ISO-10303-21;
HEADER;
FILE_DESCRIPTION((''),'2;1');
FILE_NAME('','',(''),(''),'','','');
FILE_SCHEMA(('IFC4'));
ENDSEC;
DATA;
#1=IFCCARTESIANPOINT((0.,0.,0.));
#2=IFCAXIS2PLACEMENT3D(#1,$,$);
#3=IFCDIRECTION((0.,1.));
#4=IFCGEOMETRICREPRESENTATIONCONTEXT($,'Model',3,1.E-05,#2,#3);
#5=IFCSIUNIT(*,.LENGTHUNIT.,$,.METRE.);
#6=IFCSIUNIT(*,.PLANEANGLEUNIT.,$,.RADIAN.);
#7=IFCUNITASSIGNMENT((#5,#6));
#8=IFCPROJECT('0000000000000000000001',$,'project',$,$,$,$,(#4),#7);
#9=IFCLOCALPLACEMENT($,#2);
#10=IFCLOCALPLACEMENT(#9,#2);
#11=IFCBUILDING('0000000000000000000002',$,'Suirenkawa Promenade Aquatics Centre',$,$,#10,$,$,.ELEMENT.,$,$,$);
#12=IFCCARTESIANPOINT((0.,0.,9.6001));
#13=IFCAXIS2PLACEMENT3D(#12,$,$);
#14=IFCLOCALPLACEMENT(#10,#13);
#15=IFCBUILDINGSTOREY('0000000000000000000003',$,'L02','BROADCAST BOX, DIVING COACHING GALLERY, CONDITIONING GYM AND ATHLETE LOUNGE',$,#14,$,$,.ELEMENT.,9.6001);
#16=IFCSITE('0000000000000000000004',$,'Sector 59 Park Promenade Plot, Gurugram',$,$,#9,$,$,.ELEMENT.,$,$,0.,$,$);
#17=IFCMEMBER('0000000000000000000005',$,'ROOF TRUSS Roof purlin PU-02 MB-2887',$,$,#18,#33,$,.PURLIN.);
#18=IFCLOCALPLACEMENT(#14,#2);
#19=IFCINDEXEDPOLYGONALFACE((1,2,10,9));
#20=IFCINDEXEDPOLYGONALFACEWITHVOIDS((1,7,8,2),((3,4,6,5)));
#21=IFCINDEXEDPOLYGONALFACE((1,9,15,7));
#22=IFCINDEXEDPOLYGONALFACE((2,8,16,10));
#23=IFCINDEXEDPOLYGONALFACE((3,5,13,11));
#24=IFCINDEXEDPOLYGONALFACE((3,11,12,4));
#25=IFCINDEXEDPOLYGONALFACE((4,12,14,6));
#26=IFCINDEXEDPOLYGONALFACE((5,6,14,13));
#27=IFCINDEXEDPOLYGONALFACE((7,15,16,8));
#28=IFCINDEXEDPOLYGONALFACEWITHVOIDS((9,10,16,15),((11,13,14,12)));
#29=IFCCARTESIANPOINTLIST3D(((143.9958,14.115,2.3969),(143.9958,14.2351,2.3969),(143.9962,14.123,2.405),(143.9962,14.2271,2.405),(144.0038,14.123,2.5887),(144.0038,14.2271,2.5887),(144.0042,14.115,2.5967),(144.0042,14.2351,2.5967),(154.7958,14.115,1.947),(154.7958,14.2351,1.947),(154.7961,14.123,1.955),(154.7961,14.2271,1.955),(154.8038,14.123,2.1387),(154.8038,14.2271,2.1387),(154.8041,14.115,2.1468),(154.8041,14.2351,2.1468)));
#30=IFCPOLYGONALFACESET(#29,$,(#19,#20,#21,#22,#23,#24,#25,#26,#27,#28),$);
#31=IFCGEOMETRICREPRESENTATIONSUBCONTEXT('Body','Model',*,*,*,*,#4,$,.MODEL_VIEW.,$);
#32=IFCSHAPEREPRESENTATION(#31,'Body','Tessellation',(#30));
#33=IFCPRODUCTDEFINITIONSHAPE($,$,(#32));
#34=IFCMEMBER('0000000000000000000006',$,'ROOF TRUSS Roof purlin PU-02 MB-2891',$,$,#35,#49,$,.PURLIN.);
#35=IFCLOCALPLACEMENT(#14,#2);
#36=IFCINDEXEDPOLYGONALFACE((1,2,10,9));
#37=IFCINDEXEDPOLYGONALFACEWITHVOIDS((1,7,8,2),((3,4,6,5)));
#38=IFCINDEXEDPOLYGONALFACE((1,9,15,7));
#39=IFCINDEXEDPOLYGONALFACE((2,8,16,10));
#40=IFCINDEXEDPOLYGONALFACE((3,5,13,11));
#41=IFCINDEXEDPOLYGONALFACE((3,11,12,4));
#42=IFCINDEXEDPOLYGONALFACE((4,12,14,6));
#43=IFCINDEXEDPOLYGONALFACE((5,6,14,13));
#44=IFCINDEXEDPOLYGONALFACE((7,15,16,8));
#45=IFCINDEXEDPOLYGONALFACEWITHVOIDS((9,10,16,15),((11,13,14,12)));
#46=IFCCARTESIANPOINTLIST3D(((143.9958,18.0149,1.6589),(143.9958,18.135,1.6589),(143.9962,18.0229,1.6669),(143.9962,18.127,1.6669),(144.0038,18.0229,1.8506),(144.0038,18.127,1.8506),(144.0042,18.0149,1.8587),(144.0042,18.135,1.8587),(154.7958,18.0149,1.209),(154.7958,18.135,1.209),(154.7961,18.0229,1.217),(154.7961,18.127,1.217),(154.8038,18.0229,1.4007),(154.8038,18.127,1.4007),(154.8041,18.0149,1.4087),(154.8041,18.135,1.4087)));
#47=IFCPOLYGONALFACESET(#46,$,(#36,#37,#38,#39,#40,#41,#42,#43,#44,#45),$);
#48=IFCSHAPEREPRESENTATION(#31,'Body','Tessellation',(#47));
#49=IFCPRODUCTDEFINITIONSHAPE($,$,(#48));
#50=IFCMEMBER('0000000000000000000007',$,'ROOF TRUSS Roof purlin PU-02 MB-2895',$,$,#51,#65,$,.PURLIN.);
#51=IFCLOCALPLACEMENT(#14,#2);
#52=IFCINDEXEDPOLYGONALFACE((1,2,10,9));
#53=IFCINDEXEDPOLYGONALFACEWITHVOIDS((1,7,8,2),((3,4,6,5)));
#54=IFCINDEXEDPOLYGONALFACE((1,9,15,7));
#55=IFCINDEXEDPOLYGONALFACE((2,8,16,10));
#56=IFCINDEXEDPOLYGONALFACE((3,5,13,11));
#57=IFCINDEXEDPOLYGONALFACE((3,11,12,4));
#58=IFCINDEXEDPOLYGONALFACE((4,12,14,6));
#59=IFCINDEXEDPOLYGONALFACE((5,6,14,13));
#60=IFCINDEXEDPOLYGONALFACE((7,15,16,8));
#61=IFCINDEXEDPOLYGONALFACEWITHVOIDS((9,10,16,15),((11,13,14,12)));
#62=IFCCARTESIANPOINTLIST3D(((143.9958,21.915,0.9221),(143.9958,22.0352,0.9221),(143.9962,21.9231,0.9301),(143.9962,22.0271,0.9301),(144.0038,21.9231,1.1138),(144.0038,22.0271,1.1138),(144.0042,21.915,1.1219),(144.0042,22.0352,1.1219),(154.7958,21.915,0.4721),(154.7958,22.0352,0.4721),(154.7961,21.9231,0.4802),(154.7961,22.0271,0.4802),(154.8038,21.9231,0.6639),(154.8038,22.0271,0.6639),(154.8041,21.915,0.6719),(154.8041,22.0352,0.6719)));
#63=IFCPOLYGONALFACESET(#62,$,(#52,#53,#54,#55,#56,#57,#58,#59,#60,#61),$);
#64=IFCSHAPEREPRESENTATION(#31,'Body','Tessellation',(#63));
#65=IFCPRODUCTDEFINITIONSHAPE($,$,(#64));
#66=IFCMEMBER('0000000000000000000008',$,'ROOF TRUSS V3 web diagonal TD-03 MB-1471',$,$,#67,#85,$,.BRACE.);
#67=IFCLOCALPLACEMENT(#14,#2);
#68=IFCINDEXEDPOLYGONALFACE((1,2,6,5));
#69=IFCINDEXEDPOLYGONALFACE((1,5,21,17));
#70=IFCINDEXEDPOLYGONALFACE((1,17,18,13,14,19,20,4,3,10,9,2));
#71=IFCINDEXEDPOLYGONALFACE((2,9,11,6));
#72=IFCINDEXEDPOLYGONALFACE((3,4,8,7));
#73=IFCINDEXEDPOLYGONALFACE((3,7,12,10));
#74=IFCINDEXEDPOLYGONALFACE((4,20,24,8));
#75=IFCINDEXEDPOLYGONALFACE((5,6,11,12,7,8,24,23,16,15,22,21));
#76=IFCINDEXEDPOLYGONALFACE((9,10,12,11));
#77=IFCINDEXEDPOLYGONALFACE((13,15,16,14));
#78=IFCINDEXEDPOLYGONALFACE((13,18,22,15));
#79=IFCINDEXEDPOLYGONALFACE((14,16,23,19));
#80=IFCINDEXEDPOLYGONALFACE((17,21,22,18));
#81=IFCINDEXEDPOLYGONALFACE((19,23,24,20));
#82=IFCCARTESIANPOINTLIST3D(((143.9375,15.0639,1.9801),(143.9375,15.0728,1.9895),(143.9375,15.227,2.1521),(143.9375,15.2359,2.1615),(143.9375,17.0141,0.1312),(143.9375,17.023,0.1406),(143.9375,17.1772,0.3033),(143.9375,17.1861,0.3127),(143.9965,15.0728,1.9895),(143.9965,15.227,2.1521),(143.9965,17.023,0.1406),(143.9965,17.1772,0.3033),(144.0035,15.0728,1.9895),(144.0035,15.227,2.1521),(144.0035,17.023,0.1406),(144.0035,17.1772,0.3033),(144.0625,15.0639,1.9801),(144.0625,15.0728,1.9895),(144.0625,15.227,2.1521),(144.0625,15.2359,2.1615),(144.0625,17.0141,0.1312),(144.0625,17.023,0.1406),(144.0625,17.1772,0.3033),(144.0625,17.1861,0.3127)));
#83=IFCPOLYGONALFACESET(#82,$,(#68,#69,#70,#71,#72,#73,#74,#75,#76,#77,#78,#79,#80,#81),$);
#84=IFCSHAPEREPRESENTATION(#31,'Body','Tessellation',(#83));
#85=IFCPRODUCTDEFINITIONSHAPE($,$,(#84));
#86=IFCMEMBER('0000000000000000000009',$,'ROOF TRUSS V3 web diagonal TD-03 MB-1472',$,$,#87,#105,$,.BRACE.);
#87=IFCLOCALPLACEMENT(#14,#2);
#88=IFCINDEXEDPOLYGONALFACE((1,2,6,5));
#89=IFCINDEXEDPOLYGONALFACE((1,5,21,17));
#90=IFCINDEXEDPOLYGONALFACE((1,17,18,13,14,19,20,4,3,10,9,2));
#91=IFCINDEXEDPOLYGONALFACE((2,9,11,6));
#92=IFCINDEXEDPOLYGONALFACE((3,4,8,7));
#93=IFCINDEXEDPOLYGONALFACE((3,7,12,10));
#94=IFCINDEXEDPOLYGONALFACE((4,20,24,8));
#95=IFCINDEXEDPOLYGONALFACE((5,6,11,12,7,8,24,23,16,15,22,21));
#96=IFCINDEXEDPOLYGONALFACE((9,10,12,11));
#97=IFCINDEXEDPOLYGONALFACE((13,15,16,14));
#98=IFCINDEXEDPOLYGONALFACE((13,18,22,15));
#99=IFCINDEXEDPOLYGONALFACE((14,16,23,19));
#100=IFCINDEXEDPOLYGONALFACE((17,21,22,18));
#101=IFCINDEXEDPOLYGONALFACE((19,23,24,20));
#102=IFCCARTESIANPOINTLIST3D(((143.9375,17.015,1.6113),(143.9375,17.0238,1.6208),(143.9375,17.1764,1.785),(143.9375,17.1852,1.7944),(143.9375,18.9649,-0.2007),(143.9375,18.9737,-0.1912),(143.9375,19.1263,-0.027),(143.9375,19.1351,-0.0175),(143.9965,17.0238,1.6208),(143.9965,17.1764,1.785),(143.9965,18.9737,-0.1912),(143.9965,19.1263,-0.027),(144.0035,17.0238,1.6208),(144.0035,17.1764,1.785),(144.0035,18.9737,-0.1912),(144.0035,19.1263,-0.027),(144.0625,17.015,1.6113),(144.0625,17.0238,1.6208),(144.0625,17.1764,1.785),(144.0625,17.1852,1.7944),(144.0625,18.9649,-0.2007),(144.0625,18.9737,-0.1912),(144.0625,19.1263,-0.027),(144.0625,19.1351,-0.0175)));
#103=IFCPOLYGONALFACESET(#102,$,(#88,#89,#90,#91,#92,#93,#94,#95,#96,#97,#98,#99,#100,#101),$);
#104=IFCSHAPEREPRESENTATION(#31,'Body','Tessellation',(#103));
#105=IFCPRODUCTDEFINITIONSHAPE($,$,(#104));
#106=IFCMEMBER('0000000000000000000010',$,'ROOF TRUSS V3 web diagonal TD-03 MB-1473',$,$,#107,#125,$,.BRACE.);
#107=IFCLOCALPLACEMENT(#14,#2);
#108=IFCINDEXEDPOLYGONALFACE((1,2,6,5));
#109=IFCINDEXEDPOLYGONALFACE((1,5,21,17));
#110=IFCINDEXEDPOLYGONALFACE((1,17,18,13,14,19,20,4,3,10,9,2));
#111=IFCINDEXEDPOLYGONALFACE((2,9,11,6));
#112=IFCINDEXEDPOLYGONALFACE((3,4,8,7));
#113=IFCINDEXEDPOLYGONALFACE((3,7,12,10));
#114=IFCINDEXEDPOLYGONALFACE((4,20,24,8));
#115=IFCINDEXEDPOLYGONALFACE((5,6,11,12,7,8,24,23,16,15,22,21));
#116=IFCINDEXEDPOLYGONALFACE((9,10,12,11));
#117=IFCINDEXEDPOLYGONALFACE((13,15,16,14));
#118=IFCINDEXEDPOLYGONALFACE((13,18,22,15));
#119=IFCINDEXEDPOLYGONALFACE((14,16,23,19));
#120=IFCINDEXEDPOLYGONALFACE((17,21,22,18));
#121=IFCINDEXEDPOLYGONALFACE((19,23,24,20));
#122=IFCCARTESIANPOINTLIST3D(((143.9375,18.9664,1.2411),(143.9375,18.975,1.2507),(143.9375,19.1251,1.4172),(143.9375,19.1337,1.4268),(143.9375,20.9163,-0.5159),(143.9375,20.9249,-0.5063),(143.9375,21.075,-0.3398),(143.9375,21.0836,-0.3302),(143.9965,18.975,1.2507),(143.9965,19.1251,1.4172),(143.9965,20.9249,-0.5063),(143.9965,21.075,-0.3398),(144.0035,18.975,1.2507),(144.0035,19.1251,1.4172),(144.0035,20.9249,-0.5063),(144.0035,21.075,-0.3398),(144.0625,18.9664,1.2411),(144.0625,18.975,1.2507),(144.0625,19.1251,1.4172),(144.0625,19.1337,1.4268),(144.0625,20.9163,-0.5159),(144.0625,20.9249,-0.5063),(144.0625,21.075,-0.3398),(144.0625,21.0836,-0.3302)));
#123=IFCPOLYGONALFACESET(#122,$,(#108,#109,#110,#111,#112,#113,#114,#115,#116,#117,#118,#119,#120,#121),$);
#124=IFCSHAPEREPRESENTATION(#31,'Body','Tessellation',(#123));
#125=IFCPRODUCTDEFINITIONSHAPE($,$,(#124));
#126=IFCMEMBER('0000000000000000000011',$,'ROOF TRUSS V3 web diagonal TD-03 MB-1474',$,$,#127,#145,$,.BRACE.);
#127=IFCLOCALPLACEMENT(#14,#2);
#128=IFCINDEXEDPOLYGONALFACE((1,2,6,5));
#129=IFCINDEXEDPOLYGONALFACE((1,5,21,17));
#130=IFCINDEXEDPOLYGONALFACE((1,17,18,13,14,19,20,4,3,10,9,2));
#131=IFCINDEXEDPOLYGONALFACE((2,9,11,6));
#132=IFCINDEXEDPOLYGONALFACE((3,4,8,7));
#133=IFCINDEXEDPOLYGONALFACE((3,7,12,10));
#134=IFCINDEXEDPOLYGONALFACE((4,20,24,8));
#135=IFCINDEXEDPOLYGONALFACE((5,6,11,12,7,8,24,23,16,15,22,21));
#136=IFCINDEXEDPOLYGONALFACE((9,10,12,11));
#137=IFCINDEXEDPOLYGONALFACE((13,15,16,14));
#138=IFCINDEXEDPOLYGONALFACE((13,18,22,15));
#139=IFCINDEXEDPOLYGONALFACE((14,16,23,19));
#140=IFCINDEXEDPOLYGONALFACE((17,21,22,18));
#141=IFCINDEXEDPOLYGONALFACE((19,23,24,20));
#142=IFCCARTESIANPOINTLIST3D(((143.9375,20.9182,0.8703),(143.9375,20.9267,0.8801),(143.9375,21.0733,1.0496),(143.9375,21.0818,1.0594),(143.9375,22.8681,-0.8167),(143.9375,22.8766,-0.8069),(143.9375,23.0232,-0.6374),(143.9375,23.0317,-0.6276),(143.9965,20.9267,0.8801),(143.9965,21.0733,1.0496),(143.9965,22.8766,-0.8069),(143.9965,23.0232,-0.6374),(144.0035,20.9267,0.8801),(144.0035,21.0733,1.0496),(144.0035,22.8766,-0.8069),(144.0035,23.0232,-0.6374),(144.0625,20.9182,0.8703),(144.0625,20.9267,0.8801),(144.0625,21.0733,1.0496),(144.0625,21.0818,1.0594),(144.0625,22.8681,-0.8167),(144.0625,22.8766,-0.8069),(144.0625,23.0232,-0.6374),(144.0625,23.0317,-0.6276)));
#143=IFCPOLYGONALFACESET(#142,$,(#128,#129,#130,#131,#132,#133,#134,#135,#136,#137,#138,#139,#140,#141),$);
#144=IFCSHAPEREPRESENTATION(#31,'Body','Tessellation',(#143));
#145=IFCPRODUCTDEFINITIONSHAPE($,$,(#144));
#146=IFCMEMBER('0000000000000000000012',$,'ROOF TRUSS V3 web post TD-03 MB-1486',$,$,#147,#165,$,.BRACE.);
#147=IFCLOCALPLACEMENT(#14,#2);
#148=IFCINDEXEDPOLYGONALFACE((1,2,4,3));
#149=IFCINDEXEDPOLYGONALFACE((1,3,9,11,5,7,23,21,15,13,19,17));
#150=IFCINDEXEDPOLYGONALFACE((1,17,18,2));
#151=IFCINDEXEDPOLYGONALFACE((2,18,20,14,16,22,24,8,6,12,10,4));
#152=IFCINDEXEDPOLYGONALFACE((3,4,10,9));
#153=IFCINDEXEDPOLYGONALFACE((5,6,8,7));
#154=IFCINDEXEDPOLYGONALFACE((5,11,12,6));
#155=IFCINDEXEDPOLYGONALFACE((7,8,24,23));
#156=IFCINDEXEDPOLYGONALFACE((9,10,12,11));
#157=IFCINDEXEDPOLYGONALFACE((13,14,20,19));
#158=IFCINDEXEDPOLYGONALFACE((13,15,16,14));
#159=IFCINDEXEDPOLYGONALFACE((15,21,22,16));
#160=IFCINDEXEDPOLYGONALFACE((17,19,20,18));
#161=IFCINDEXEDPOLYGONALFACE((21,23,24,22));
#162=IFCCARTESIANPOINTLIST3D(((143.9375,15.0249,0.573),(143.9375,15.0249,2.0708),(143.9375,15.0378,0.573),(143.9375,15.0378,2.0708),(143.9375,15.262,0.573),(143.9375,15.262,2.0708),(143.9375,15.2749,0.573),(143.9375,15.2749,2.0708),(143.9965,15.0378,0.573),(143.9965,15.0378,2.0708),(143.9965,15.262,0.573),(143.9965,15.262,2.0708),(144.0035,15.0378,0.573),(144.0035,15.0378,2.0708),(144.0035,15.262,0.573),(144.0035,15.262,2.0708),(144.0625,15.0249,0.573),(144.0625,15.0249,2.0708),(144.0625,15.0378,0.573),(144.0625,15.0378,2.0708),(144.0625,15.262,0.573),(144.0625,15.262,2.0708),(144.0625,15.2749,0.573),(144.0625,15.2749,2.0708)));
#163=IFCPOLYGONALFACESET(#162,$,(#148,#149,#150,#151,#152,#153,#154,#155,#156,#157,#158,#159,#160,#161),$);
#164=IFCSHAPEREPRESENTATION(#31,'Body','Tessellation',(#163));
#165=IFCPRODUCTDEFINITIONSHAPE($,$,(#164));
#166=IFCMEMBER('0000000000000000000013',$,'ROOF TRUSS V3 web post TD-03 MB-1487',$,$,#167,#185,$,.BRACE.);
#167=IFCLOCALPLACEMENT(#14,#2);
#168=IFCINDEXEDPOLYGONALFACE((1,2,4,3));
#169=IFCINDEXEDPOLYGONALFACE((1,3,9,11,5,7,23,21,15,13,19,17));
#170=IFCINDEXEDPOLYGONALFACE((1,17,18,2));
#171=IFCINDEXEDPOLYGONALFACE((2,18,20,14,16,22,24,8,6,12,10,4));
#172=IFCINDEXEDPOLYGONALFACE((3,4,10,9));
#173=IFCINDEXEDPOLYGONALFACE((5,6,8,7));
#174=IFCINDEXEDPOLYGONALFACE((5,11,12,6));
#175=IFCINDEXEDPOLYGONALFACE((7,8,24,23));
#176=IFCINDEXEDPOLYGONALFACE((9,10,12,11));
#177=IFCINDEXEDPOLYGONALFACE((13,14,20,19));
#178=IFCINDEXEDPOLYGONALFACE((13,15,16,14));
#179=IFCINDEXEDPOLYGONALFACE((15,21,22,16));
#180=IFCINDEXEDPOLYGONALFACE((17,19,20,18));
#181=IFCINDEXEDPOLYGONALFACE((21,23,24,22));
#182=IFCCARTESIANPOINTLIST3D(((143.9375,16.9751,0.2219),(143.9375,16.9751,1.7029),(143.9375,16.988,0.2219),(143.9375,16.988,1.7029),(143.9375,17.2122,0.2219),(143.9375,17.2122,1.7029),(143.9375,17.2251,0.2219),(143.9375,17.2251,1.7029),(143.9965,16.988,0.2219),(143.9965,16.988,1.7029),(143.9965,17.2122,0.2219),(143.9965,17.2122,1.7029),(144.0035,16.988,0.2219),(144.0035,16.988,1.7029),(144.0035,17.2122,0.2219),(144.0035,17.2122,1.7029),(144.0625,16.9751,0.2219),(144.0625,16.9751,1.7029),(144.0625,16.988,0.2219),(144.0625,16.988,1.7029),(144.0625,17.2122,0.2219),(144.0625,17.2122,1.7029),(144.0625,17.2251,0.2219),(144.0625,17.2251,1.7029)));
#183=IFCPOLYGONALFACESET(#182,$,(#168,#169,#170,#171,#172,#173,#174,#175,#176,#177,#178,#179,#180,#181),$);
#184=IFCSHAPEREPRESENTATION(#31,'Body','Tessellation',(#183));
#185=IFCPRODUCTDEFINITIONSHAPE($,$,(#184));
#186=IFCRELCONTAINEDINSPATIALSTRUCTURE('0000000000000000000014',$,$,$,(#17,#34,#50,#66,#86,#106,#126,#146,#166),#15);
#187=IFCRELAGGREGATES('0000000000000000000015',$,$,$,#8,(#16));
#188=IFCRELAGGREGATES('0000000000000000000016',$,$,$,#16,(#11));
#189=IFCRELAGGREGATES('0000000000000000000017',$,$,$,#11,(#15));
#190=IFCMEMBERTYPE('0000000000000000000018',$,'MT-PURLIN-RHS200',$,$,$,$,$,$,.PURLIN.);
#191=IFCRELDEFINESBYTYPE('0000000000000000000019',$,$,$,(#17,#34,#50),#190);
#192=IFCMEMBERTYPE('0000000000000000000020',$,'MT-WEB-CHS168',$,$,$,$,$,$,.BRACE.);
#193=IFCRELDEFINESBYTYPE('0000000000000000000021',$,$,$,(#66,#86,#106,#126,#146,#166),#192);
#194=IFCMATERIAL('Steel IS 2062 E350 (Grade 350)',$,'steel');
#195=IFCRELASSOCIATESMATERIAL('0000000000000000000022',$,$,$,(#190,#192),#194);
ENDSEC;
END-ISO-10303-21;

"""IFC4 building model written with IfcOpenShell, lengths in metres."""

from ifc_helpers import new_model, si_unit, direction, frame, origin, origin_2d, place, context, subcontext, project, spatial, hollow_rectangle, i_section, extrude, material, material_profile, profile_set, type_object, element, save


model = new_model("IFC4")

# Units and contexts
model_context = context("Model", 3, precision=1e-05, world=origin(), true_north=direction((0.0, 1.0)))
body_context = subcontext(model_context, "Body", "Model", "MODEL_VIEW")
ifc_project = project(units=[si_unit("LENGTHUNIT", "METRE"), si_unit("PLANEANGLEUNIT", "RADIAN")], contexts=[model_context])

# Site, building, storey
site_placement = place(None, origin())
site = spatial("IfcSite", under=ifc_project, at=site_placement, Name="Sector 59 Park Promenade Plot, Gurugram", CompositionType="ELEMENT", RefElevation=0.0)
building_placement = place(site_placement, origin())
building = spatial("IfcBuilding", under=site, at=building_placement, Name="Suirenkawa Promenade Aquatics Centre", CompositionType="ELEMENT")
storey_placement = place(building_placement, frame((0.0, 0.0, 9.6001)))
storey = spatial("IfcBuildingStorey", under=building, at=storey_placement, Name="L02", Description="BROADCAST BOX, DIVING COACHING GALLERY, CONDITIONING GYM AND ATHLETE LOUNGE", CompositionType="ELEMENT", Elevation=9.6001)

# Shared definitions
ifc_material_1 = material(Name="Steel IS 2062 E350 (Grade 350)", Category="steel")

# Members
ifc_material_profile_1 = material_profile(ifc_material_1, hollow_rectangle(XDim=0.1201, YDim=0.2, WallThickness=0.0081, at=origin_2d()), Name="RHS 200x120x8", Category="steel")
ifc_profile_set_1 = profile_set([ifc_material_profile_1], Name="Steel IS 2062 E350 (Grade 350)")
member_type_1 = type_object("IfcMemberType", Name="MT-PURLIN-RHS200", PredefinedType="PURLIN", material=ifc_profile_set_1)
for number, where, z_axis, x_axis, name in (
    (1, (144.0, 14.175, 2.4968), (0.999133, 0.0, -0.041626), (0.0, 1.0, 0.0), "ROOF TRUSS Roof purlin PU-02 MB-2887"),
    (2, (144.0, 18.075, 1.7588), (0.999133, 0.0, -0.041626), (0.0, 1.0, 0.0), "ROOF TRUSS Roof purlin PU-02 MB-2891"),
    (3, (144.0, 21.9751, 1.022), (0.999133, 0.0, -0.041626), (0.0, 1.0, 0.0), "ROOF TRUSS Roof purlin PU-02 MB-2895"),
):
    element("IfcMember", number, at=place(storey_placement, frame(where, z_axis=z_axis, x_axis=x_axis)), inside=storey, type_object=member_type_1, Name=name, PredefinedType="PURLIN", context=body_context, shape_type="SweptSolid", body=[
        extrude(hollow_rectangle(XDim=0.1201, YDim=0.2, WallThickness=0.0081, at=origin_2d()), origin(), (0.0, 0.0, 1.0), 10.8093),
    ])
ifc_material_profile_2 = material_profile(ifc_material_1, i_section(OverallWidth=0.125, OverallDepth=0.25, WebThickness=0.0071, FlangeThickness=0.0129, at=origin_2d()), Name="ISMB 250", Category="steel")
ifc_profile_set_2 = profile_set([ifc_material_profile_2], Name="Steel IS 2062 E350 (Grade 350)")
member_type_2 = type_object("IfcMemberType", Name="MT-WEB-CHS168", PredefinedType="BRACE", material=ifc_profile_set_2)
member_1_placement = place(storey_placement, frame((144.0, 15.1499, 2.0708), z_axis=(0.0, 0.725707, -0.688004), x_axis=(-1.0, 0.0, 0.0)))
element("IfcMember", 4, at=member_1_placement, inside=storey, type_object=member_type_2, Name="ROOF TRUSS V3 web diagonal TD-03 MB-1471", PredefinedType="BRACE", context=body_context, shape_type="SweptSolid", body=[
    extrude(i_section(OverallWidth=0.125, OverallDepth=0.25, WebThickness=0.0071, FlangeThickness=0.0129, at=origin_2d()), origin(), (0.0, 0.0, 1.0), 2.6873),
])
member_2_placement = place(storey_placement, frame((144.0, 17.1001, 1.7029), z_axis=(0.0, 0.732542, -0.680722), x_axis=(-1.0, 0.0, 0.0)))
element("IfcMember", 5, at=member_2_placement, inside=storey, type_object=member_type_2, Name="ROOF TRUSS V3 web diagonal TD-03 MB-1472", PredefinedType="BRACE", context=body_context, shape_type="SweptSolid", body=[
    extrude(i_section(OverallWidth=0.125, OverallDepth=0.25, WebThickness=0.0071, FlangeThickness=0.0129, at=origin_2d()), origin(), (0.0, 0.0, 1.0), 2.6619),
])
member_3_placement = place(storey_placement, frame((144.0, 19.05, 1.334), z_axis=(0.0, 0.742892, -0.669412), x_axis=(-1.0, 0.0, 0.0)))
element("IfcMember", 6, at=member_3_placement, inside=storey, type_object=member_type_2, Name="ROOF TRUSS V3 web diagonal TD-03 MB-1473", PredefinedType="BRACE", context=body_context, shape_type="SweptSolid", body=[
    extrude(i_section(OverallWidth=0.125, OverallDepth=0.25, WebThickness=0.0071, FlangeThickness=0.0129, at=origin_2d()), origin(), (0.0, 0.0, 1.0), 2.6248),
])
member_4_placement = place(storey_placement, frame((144.0, 21.0, 0.9648), z_axis=(0.0, 0.756254, -0.654278), x_axis=(-1.0, 0.0, 0.0)))
element("IfcMember", 7, at=member_4_placement, inside=storey, type_object=member_type_2, Name="ROOF TRUSS V3 web diagonal TD-03 MB-1474", PredefinedType="BRACE", context=body_context, shape_type="SweptSolid", body=[
    extrude(i_section(OverallWidth=0.125, OverallDepth=0.25, WebThickness=0.0071, FlangeThickness=0.0129, at=origin_2d()), origin(), (0.0, 0.0, 1.0), 2.5784),
])
member_5_placement = place(storey_placement, frame((144.0, 15.1499, 0.573), z_axis=(0.0, 0.0, 1.0), x_axis=(1.0, 0.0, 0.0)))
element("IfcMember", 8, at=member_5_placement, inside=storey, type_object=member_type_2, Name="ROOF TRUSS V3 web post TD-03 MB-1486", PredefinedType="BRACE", context=body_context, shape_type="SweptSolid", body=[
    extrude(i_section(OverallWidth=0.125, OverallDepth=0.25, WebThickness=0.0071, FlangeThickness=0.0129, at=origin_2d()), origin(), (0.0, 0.0, 1.0), 1.4978),
])
member_6_placement = place(storey_placement, frame((144.0, 17.1001, 0.2219), z_axis=(0.0, 0.0, 1.0), x_axis=(1.0, 0.0, 0.0)))
element("IfcMember", 9, at=member_6_placement, inside=storey, type_object=member_type_2, Name="ROOF TRUSS V3 web post TD-03 MB-1487", PredefinedType="BRACE", context=body_context, shape_type="SweptSolid", body=[
    extrude(i_section(OverallWidth=0.125, OverallDepth=0.25, WebThickness=0.0071, FlangeThickness=0.0129, at=origin_2d()), origin(), (0.0, 0.0, 1.0), 1.481),
])

save(model, "model.ifc")
